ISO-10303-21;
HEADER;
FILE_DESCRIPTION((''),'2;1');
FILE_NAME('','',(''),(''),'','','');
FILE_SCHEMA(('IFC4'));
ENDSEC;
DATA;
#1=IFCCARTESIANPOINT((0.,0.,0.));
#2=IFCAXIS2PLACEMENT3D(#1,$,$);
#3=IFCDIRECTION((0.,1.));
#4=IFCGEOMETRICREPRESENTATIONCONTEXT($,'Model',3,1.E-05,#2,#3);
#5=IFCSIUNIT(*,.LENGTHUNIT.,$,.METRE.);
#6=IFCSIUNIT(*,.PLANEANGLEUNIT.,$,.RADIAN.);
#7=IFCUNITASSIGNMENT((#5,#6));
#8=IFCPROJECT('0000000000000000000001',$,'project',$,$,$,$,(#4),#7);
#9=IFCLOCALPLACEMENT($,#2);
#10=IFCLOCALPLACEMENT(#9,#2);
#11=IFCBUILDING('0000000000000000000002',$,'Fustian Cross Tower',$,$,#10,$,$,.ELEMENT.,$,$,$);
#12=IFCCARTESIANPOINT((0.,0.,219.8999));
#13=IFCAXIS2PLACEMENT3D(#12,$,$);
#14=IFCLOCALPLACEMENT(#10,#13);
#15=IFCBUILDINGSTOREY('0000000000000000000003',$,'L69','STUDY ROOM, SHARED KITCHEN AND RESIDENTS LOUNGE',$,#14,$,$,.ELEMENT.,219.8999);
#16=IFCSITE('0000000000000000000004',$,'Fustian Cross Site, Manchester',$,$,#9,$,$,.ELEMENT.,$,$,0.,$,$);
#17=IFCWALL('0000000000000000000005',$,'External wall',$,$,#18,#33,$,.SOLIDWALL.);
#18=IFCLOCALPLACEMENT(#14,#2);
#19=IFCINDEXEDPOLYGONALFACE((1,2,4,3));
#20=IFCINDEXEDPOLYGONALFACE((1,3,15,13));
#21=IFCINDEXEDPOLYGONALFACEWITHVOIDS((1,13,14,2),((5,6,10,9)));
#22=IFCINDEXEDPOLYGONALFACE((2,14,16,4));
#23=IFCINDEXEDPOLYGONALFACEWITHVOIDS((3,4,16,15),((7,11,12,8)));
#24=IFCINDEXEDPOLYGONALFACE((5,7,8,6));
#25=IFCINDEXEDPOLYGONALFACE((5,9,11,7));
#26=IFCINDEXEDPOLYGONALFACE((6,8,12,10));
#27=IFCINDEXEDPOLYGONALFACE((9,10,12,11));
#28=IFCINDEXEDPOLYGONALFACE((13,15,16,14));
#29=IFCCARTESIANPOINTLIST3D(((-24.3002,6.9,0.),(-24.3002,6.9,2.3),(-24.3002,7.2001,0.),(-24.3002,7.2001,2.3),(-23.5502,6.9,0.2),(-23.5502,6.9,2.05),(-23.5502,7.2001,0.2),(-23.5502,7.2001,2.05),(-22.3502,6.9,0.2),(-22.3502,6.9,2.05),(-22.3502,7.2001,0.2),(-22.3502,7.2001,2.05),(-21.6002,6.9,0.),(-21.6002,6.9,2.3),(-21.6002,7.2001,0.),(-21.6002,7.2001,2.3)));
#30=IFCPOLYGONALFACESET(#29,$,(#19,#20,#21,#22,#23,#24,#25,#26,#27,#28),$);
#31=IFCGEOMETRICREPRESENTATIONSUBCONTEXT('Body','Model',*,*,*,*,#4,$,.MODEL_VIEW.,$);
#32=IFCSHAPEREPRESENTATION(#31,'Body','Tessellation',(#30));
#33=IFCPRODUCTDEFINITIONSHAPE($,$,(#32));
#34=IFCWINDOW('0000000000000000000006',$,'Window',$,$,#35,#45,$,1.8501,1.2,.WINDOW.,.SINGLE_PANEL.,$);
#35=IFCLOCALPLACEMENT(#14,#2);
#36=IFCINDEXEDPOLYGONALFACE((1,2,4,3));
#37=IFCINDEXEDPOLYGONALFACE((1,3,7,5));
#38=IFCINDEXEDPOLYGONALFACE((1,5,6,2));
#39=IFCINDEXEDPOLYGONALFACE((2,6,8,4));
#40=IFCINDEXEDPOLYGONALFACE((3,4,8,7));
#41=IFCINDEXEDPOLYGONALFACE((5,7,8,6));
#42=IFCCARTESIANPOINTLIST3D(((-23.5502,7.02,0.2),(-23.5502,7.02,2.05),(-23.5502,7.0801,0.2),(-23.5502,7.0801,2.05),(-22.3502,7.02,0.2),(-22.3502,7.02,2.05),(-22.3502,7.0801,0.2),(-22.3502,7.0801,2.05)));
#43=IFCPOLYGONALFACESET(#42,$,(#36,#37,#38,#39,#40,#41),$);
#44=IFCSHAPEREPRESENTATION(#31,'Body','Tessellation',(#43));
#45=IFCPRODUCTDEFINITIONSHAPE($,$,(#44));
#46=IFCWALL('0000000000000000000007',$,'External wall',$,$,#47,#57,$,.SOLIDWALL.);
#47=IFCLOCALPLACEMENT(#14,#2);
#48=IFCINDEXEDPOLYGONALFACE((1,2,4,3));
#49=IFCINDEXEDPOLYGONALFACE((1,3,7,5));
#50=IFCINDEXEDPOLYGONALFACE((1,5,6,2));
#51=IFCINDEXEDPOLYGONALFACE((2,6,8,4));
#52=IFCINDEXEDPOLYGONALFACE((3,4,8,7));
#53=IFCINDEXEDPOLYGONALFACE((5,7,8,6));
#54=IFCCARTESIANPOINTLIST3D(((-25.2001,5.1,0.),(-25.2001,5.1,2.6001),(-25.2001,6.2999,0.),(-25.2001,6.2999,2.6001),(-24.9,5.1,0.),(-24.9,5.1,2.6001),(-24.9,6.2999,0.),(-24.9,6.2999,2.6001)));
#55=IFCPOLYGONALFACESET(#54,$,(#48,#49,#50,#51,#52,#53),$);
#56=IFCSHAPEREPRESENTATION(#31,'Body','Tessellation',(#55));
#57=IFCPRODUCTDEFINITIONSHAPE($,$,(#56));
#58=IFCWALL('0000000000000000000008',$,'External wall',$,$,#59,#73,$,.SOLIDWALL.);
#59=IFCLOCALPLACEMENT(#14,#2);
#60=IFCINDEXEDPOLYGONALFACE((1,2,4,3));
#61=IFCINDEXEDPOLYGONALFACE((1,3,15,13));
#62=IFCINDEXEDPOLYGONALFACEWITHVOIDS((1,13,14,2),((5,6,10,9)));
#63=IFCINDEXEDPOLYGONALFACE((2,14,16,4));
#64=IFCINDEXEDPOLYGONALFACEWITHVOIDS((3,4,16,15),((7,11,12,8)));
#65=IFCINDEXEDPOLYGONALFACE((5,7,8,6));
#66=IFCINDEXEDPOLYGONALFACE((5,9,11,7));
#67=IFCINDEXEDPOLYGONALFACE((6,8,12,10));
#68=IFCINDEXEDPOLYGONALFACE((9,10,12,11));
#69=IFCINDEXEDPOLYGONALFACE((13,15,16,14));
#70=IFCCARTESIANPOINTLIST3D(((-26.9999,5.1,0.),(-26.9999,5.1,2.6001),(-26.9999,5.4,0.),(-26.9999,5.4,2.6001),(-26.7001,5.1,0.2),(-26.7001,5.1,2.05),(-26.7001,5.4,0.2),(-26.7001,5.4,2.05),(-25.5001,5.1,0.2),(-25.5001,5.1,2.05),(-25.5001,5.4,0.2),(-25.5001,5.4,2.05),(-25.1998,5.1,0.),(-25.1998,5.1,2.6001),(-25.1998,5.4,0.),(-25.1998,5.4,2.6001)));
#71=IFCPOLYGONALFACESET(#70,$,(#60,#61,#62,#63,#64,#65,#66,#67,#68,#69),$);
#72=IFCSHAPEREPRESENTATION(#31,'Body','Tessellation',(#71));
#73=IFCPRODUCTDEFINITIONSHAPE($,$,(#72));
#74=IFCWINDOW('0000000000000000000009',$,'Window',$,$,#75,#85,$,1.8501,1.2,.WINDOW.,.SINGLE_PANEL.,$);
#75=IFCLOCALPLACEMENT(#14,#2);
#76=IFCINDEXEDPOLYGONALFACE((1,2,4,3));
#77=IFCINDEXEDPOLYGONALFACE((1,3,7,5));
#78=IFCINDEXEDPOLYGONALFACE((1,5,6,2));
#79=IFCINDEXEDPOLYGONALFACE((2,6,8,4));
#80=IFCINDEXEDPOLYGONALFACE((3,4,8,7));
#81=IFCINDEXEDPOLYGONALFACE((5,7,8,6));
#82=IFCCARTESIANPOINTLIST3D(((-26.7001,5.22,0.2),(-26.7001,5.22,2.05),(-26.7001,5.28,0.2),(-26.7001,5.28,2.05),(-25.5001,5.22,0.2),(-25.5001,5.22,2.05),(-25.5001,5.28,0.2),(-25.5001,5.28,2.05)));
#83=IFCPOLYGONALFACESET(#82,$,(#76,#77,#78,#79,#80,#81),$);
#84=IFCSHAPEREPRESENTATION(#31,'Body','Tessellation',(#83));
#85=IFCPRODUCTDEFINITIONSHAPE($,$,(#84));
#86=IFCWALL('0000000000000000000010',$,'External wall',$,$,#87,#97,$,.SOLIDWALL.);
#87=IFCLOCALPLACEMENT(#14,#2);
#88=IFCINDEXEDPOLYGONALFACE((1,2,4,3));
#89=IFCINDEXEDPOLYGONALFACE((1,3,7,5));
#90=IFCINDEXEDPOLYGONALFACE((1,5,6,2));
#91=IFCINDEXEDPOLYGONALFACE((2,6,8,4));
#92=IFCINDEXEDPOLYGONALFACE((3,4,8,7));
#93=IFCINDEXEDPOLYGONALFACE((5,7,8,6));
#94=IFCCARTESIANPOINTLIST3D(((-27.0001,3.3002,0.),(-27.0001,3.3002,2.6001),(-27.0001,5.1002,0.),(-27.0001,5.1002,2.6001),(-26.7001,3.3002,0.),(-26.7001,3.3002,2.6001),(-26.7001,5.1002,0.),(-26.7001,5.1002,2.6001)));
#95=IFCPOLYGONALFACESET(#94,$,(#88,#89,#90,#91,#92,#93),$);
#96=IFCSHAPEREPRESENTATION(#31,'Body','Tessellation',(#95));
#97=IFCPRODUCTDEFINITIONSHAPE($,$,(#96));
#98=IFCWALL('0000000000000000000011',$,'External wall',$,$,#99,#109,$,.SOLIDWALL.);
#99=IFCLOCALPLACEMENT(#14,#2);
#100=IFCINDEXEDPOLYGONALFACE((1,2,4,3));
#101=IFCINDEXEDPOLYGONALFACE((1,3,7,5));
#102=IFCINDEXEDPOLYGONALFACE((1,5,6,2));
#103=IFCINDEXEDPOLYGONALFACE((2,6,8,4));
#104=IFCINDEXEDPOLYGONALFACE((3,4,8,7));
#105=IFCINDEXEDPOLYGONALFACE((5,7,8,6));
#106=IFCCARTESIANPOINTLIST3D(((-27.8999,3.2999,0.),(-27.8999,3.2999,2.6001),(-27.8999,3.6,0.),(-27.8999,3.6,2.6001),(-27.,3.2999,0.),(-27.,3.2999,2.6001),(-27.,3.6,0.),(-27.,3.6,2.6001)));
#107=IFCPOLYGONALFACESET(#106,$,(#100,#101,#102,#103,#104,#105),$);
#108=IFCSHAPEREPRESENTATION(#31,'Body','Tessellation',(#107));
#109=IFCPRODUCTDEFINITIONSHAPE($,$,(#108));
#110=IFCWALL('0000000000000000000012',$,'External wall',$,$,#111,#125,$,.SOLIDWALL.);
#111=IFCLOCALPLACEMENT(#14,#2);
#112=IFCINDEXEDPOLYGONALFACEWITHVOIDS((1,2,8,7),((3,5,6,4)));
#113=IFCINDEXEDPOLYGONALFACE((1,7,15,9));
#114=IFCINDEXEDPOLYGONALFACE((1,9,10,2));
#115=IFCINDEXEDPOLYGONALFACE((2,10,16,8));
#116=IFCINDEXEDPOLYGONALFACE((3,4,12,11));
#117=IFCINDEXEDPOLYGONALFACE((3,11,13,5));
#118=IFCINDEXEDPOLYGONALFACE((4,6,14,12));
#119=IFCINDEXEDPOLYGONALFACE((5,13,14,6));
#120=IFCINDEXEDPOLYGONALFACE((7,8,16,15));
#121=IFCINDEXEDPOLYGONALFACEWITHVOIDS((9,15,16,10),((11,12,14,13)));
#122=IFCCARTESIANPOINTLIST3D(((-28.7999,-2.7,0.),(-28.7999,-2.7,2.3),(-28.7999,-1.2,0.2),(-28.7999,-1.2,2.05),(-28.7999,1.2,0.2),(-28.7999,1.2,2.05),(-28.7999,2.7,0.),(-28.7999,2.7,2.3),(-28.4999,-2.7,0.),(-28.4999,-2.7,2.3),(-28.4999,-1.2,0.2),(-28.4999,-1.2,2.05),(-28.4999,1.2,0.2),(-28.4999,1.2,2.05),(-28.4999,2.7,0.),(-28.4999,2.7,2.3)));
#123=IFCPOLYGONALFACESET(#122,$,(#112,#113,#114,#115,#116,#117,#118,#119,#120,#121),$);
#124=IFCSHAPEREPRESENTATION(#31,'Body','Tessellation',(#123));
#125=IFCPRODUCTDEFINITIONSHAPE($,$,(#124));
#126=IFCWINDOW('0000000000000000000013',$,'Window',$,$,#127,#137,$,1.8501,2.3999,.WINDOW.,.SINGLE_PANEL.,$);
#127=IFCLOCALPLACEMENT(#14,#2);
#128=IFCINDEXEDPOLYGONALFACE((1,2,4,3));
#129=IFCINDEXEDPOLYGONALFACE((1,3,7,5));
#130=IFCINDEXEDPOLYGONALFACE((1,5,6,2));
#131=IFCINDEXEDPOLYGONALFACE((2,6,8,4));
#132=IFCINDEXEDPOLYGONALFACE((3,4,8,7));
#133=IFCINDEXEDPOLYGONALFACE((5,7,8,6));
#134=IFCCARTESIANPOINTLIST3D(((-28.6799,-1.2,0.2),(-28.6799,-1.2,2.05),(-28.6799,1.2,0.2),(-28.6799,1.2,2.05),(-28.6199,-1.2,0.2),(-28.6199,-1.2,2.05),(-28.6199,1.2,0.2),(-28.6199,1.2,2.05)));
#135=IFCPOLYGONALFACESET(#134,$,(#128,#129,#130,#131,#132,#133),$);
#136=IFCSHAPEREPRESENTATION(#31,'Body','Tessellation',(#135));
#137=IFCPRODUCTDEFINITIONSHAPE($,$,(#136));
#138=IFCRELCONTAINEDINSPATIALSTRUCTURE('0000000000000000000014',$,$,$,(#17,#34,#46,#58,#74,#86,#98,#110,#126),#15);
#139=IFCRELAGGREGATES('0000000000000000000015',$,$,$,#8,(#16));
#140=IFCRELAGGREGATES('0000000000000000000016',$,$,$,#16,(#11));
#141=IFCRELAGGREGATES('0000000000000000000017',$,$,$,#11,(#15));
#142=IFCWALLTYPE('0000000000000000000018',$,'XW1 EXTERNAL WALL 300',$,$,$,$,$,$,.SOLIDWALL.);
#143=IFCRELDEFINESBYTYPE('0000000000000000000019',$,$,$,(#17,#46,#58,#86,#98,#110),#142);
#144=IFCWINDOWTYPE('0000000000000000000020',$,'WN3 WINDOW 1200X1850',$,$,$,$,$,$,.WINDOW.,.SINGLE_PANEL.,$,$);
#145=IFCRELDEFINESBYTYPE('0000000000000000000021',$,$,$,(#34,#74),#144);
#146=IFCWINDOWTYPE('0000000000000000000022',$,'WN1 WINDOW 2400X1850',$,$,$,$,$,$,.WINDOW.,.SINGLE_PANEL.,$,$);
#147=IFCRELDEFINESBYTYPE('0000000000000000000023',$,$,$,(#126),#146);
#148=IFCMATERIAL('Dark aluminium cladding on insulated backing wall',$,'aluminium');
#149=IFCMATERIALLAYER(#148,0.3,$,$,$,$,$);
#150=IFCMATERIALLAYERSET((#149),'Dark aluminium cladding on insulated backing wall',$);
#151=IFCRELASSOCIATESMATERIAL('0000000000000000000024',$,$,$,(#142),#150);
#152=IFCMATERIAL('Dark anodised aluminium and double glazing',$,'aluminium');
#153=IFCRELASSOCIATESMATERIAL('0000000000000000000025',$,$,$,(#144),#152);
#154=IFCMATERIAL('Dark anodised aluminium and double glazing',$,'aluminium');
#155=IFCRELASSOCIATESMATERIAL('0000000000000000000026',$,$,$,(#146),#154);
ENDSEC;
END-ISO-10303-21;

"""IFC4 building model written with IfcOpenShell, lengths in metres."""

from ifc_helpers import new_model, si_unit, direction, frame, frame_2d, origin, place, context, subcontext, project, spatial, rectangle, extrude, material, layer, layer_set, type_object, element, fill, save


model = new_model("IFC4")

# Units and contexts
model_context = context("Model", 3, precision=1e-05, world=origin(), true_north=direction((0.0, 1.0)))
body_context = subcontext(model_context, "Body", "Model", "MODEL_VIEW")
ifc_project = project(units=[si_unit("LENGTHUNIT", "METRE"), si_unit("PLANEANGLEUNIT", "RADIAN")], contexts=[model_context])

# Site, building, storey
site_placement = place(None, origin())
site = spatial("IfcSite", under=ifc_project, at=site_placement, Name="Fustian Cross Site, Manchester", CompositionType="ELEMENT", RefElevation=0.0)
building_placement = place(site_placement, origin())
building = spatial("IfcBuilding", under=site, at=building_placement, Name="Fustian Cross Tower", CompositionType="ELEMENT")
storey_placement = place(building_placement, frame((0.0, 0.0, 219.8999)))
storey = spatial("IfcBuildingStorey", under=building, at=storey_placement, Name="L69", Description="STUDY ROOM, SHARED KITCHEN AND RESIDENTS LOUNGE", CompositionType="ELEMENT", Elevation=219.8999)

# Wall, opening, window
ifc_material_1 = material(Name="Dark aluminium cladding on insulated backing wall", Category="aluminium")
ifc_layer_1 = layer(ifc_material_1, 0.3)
ifc_layer_set_1 = layer_set([ifc_layer_1], Name="Dark aluminium cladding on insulated backing wall")
wall_type_1 = type_object("IfcWallType", Name="XW1 EXTERNAL WALL 300", PredefinedType="SOLIDWALL", material=ifc_layer_set_1)
wall_1_placement = place(storey_placement, frame((-21.6001, 7.05, 0.0), z_axis=(0.0, 0.0, 1.0), x_axis=(-1.0, 0.0, 0.0)))
wall_1 = element("IfcWall", 1, at=wall_1_placement, inside=storey, type_object=wall_type_1, Name="External wall", PredefinedType="SOLIDWALL", context=body_context, shape_type="SweptSolid", body=[
    extrude(rectangle(XDim=2.7, YDim=0.3, at=frame_2d((1.3501, 0.0))), origin(), (0.0, 0.0, 1.0), 2.3),
])
opening_1_placement = place(wall_1_placement, frame((0.75, 0.0, 0.2)))
opening_1 = element("IfcOpeningElement", 2, at=opening_1_placement, cuts=wall_1, PredefinedType="OPENING", context=body_context, shape_type="SweptSolid", body=[
    extrude(rectangle(XDim=1.2, YDim=1.8501, at=frame_2d((0.6001, 0.925))), frame((0.0, 0.1599, 0.0), z_axis=(0.0, -1.0, 0.0), x_axis=(1.0, 0.0, 0.0)), (0.0, 0.0, 1.0), 0.3201),
])
ifc_material_2 = material(Name="Dark anodised aluminium and double glazing", Category="aluminium")
window_type_1 = type_object("IfcWindowType", Name="WN3 WINDOW 1200X1850", PartitioningType="SINGLE_PANEL", PredefinedType="WINDOW", material=ifc_material_2)
window_1_placement = place(opening_1_placement, origin())
window_1 = element("IfcWindow", 3, at=window_1_placement, inside=storey, type_object=window_type_1, Name="Window", OverallHeight=1.8501, OverallWidth=1.2, PartitioningType="SINGLE_PANEL", PredefinedType="WINDOW", context=body_context, shape_type="SweptSolid", body=[
    extrude(rectangle(XDim=1.2, YDim=1.8501, at=frame_2d((0.6001, 0.925))), frame((0.0, 0.03, 0.0), z_axis=(0.0, -1.0, 0.0), x_axis=(1.0, 0.0, 0.0)), (0.0, 0.0, 1.0), 0.0601),
])
fill(opening_1, window_1)

# Wall
wall_2_placement = place(storey_placement, frame((-25.05, 6.3, 0.0), z_axis=(0.0, 0.0, 1.0), x_axis=(0.0, -1.0, 0.0)))
element("IfcWall", 4, at=wall_2_placement, inside=storey, type_object=wall_type_1, Name="External wall", PredefinedType="SOLIDWALL", context=body_context, shape_type="SweptSolid", body=[
    extrude(rectangle(XDim=1.2, YDim=0.3, at=frame_2d((0.6001, 0.0))), origin(), (0.0, 0.0, 1.0), 2.6001),
])

# Wall, opening, window
wall_3_placement = place(storey_placement, frame((-25.2, 5.25, 0.0), z_axis=(0.0, 0.0, 1.0), x_axis=(-1.0, 0.0, 0.0)))
wall_3 = element("IfcWall", 5, at=wall_3_placement, inside=storey, type_object=wall_type_1, Name="External wall", PredefinedType="SOLIDWALL", context=body_context, shape_type="SweptSolid", body=[
    extrude(rectangle(XDim=1.8, YDim=0.3, at=frame_2d((0.8999, 0.0))), origin(), (0.0, 0.0, 1.0), 2.6001),
])
opening_2_placement = place(wall_3_placement, frame((0.3, 0.0, 0.2)))
opening_2 = element("IfcOpeningElement", 6, at=opening_2_placement, cuts=wall_3, PredefinedType="OPENING", context=body_context, shape_type="SweptSolid", body=[
    extrude(rectangle(XDim=1.2, YDim=1.8501, at=frame_2d((0.6001, 0.925))), frame((0.0, 0.1599, 0.0), z_axis=(0.0, -1.0, 0.0), x_axis=(1.0, 0.0, 0.0)), (0.0, 0.0, 1.0), 0.3201),
])
window_2_placement = place(opening_2_placement, origin())
window_2 = element("IfcWindow", 7, at=window_2_placement, inside=storey, type_object=window_type_1, Name="Window", OverallHeight=1.8501, OverallWidth=1.2, PartitioningType="SINGLE_PANEL", PredefinedType="WINDOW", context=body_context, shape_type="SweptSolid", body=[
    extrude(rectangle(XDim=1.2, YDim=1.8501, at=frame_2d((0.6001, 0.925))), frame((0.0, 0.03, 0.0), z_axis=(0.0, -1.0, 0.0), x_axis=(1.0, 0.0, 0.0)), (0.0, 0.0, 1.0), 0.0601),
])
fill(opening_2, window_2)

# Walls
wall_4_placement = place(storey_placement, frame((-26.8501, 5.1001, 0.0), z_axis=(0.0, 0.0, 1.0), x_axis=(0.0, -1.0, 0.0)))
element("IfcWall", 8, at=wall_4_placement, inside=storey, type_object=wall_type_1, Name="External wall", PredefinedType="SOLIDWALL", context=body_context, shape_type="SweptSolid", body=[
    extrude(rectangle(XDim=1.8, YDim=0.3, at=frame_2d((0.8999, 0.0))), origin(), (0.0, 0.0, 1.0), 2.6001),
])
wall_5_placement = place(storey_placement, frame((-27.0, 3.45, 0.0), z_axis=(0.0, 0.0, 1.0), x_axis=(-1.0, 0.0, 0.0)))
element("IfcWall", 9, at=wall_5_placement, inside=storey, type_object=wall_type_1, Name="External wall", PredefinedType="SOLIDWALL", context=body_context, shape_type="SweptSolid", body=[
    extrude(rectangle(XDim=0.8999, YDim=0.3, at=frame_2d((0.45, 0.0))), origin(), (0.0, 0.0, 1.0), 2.6001),
])

# Wall, opening, window
wall_6_placement = place(storey_placement, frame((-28.6499, 2.7, 0.0), z_axis=(0.0, 0.0, 1.0), x_axis=(0.0, -1.0, 0.0)))
wall_6 = element("IfcWall", 10, at=wall_6_placement, inside=storey, type_object=wall_type_1, Name="External wall", PredefinedType="SOLIDWALL", context=body_context, shape_type="SweptSolid", body=[
    extrude(rectangle(XDim=5.3999, YDim=0.3, at=frame_2d((2.7, 0.0))), origin(), (0.0, 0.0, 1.0), 2.3),
])
opening_3_placement = place(wall_6_placement, frame((1.5, 0.0, 0.2)))
opening_3 = element("IfcOpeningElement", 11, at=opening_3_placement, cuts=wall_6, PredefinedType="OPENING", context=body_context, shape_type="SweptSolid", body=[
    extrude(rectangle(XDim=2.3999, YDim=1.8501, at=frame_2d((1.2, 0.925))), frame((0.0, 0.1599, 0.0), z_axis=(0.0, -1.0, 0.0), x_axis=(1.0, 0.0, 0.0)), (0.0, 0.0, 1.0), 0.3201),
])
ifc_material_3 = material(Name="Dark anodised aluminium and double glazing", Category="aluminium")
window_type_2 = type_object("IfcWindowType", Name="WN1 WINDOW 2400X1850", PartitioningType="SINGLE_PANEL", PredefinedType="WINDOW", material=ifc_material_3)
window_3_placement = place(opening_3_placement, origin())
window_3 = element("IfcWindow", 12, at=window_3_placement, inside=storey, type_object=window_type_2, Name="Window", OverallHeight=1.8501, OverallWidth=2.3999, PartitioningType="SINGLE_PANEL", PredefinedType="WINDOW", context=body_context, shape_type="SweptSolid", body=[
    extrude(rectangle(XDim=2.3999, YDim=1.8501, at=frame_2d((1.2, 0.925))), frame((0.0, 0.03, 0.0), z_axis=(0.0, -1.0, 0.0), x_axis=(1.0, 0.0, 0.0)), (0.0, 0.0, 1.0), 0.0601),
])
fill(opening_3, window_3)

save(model, "model.ifc")
